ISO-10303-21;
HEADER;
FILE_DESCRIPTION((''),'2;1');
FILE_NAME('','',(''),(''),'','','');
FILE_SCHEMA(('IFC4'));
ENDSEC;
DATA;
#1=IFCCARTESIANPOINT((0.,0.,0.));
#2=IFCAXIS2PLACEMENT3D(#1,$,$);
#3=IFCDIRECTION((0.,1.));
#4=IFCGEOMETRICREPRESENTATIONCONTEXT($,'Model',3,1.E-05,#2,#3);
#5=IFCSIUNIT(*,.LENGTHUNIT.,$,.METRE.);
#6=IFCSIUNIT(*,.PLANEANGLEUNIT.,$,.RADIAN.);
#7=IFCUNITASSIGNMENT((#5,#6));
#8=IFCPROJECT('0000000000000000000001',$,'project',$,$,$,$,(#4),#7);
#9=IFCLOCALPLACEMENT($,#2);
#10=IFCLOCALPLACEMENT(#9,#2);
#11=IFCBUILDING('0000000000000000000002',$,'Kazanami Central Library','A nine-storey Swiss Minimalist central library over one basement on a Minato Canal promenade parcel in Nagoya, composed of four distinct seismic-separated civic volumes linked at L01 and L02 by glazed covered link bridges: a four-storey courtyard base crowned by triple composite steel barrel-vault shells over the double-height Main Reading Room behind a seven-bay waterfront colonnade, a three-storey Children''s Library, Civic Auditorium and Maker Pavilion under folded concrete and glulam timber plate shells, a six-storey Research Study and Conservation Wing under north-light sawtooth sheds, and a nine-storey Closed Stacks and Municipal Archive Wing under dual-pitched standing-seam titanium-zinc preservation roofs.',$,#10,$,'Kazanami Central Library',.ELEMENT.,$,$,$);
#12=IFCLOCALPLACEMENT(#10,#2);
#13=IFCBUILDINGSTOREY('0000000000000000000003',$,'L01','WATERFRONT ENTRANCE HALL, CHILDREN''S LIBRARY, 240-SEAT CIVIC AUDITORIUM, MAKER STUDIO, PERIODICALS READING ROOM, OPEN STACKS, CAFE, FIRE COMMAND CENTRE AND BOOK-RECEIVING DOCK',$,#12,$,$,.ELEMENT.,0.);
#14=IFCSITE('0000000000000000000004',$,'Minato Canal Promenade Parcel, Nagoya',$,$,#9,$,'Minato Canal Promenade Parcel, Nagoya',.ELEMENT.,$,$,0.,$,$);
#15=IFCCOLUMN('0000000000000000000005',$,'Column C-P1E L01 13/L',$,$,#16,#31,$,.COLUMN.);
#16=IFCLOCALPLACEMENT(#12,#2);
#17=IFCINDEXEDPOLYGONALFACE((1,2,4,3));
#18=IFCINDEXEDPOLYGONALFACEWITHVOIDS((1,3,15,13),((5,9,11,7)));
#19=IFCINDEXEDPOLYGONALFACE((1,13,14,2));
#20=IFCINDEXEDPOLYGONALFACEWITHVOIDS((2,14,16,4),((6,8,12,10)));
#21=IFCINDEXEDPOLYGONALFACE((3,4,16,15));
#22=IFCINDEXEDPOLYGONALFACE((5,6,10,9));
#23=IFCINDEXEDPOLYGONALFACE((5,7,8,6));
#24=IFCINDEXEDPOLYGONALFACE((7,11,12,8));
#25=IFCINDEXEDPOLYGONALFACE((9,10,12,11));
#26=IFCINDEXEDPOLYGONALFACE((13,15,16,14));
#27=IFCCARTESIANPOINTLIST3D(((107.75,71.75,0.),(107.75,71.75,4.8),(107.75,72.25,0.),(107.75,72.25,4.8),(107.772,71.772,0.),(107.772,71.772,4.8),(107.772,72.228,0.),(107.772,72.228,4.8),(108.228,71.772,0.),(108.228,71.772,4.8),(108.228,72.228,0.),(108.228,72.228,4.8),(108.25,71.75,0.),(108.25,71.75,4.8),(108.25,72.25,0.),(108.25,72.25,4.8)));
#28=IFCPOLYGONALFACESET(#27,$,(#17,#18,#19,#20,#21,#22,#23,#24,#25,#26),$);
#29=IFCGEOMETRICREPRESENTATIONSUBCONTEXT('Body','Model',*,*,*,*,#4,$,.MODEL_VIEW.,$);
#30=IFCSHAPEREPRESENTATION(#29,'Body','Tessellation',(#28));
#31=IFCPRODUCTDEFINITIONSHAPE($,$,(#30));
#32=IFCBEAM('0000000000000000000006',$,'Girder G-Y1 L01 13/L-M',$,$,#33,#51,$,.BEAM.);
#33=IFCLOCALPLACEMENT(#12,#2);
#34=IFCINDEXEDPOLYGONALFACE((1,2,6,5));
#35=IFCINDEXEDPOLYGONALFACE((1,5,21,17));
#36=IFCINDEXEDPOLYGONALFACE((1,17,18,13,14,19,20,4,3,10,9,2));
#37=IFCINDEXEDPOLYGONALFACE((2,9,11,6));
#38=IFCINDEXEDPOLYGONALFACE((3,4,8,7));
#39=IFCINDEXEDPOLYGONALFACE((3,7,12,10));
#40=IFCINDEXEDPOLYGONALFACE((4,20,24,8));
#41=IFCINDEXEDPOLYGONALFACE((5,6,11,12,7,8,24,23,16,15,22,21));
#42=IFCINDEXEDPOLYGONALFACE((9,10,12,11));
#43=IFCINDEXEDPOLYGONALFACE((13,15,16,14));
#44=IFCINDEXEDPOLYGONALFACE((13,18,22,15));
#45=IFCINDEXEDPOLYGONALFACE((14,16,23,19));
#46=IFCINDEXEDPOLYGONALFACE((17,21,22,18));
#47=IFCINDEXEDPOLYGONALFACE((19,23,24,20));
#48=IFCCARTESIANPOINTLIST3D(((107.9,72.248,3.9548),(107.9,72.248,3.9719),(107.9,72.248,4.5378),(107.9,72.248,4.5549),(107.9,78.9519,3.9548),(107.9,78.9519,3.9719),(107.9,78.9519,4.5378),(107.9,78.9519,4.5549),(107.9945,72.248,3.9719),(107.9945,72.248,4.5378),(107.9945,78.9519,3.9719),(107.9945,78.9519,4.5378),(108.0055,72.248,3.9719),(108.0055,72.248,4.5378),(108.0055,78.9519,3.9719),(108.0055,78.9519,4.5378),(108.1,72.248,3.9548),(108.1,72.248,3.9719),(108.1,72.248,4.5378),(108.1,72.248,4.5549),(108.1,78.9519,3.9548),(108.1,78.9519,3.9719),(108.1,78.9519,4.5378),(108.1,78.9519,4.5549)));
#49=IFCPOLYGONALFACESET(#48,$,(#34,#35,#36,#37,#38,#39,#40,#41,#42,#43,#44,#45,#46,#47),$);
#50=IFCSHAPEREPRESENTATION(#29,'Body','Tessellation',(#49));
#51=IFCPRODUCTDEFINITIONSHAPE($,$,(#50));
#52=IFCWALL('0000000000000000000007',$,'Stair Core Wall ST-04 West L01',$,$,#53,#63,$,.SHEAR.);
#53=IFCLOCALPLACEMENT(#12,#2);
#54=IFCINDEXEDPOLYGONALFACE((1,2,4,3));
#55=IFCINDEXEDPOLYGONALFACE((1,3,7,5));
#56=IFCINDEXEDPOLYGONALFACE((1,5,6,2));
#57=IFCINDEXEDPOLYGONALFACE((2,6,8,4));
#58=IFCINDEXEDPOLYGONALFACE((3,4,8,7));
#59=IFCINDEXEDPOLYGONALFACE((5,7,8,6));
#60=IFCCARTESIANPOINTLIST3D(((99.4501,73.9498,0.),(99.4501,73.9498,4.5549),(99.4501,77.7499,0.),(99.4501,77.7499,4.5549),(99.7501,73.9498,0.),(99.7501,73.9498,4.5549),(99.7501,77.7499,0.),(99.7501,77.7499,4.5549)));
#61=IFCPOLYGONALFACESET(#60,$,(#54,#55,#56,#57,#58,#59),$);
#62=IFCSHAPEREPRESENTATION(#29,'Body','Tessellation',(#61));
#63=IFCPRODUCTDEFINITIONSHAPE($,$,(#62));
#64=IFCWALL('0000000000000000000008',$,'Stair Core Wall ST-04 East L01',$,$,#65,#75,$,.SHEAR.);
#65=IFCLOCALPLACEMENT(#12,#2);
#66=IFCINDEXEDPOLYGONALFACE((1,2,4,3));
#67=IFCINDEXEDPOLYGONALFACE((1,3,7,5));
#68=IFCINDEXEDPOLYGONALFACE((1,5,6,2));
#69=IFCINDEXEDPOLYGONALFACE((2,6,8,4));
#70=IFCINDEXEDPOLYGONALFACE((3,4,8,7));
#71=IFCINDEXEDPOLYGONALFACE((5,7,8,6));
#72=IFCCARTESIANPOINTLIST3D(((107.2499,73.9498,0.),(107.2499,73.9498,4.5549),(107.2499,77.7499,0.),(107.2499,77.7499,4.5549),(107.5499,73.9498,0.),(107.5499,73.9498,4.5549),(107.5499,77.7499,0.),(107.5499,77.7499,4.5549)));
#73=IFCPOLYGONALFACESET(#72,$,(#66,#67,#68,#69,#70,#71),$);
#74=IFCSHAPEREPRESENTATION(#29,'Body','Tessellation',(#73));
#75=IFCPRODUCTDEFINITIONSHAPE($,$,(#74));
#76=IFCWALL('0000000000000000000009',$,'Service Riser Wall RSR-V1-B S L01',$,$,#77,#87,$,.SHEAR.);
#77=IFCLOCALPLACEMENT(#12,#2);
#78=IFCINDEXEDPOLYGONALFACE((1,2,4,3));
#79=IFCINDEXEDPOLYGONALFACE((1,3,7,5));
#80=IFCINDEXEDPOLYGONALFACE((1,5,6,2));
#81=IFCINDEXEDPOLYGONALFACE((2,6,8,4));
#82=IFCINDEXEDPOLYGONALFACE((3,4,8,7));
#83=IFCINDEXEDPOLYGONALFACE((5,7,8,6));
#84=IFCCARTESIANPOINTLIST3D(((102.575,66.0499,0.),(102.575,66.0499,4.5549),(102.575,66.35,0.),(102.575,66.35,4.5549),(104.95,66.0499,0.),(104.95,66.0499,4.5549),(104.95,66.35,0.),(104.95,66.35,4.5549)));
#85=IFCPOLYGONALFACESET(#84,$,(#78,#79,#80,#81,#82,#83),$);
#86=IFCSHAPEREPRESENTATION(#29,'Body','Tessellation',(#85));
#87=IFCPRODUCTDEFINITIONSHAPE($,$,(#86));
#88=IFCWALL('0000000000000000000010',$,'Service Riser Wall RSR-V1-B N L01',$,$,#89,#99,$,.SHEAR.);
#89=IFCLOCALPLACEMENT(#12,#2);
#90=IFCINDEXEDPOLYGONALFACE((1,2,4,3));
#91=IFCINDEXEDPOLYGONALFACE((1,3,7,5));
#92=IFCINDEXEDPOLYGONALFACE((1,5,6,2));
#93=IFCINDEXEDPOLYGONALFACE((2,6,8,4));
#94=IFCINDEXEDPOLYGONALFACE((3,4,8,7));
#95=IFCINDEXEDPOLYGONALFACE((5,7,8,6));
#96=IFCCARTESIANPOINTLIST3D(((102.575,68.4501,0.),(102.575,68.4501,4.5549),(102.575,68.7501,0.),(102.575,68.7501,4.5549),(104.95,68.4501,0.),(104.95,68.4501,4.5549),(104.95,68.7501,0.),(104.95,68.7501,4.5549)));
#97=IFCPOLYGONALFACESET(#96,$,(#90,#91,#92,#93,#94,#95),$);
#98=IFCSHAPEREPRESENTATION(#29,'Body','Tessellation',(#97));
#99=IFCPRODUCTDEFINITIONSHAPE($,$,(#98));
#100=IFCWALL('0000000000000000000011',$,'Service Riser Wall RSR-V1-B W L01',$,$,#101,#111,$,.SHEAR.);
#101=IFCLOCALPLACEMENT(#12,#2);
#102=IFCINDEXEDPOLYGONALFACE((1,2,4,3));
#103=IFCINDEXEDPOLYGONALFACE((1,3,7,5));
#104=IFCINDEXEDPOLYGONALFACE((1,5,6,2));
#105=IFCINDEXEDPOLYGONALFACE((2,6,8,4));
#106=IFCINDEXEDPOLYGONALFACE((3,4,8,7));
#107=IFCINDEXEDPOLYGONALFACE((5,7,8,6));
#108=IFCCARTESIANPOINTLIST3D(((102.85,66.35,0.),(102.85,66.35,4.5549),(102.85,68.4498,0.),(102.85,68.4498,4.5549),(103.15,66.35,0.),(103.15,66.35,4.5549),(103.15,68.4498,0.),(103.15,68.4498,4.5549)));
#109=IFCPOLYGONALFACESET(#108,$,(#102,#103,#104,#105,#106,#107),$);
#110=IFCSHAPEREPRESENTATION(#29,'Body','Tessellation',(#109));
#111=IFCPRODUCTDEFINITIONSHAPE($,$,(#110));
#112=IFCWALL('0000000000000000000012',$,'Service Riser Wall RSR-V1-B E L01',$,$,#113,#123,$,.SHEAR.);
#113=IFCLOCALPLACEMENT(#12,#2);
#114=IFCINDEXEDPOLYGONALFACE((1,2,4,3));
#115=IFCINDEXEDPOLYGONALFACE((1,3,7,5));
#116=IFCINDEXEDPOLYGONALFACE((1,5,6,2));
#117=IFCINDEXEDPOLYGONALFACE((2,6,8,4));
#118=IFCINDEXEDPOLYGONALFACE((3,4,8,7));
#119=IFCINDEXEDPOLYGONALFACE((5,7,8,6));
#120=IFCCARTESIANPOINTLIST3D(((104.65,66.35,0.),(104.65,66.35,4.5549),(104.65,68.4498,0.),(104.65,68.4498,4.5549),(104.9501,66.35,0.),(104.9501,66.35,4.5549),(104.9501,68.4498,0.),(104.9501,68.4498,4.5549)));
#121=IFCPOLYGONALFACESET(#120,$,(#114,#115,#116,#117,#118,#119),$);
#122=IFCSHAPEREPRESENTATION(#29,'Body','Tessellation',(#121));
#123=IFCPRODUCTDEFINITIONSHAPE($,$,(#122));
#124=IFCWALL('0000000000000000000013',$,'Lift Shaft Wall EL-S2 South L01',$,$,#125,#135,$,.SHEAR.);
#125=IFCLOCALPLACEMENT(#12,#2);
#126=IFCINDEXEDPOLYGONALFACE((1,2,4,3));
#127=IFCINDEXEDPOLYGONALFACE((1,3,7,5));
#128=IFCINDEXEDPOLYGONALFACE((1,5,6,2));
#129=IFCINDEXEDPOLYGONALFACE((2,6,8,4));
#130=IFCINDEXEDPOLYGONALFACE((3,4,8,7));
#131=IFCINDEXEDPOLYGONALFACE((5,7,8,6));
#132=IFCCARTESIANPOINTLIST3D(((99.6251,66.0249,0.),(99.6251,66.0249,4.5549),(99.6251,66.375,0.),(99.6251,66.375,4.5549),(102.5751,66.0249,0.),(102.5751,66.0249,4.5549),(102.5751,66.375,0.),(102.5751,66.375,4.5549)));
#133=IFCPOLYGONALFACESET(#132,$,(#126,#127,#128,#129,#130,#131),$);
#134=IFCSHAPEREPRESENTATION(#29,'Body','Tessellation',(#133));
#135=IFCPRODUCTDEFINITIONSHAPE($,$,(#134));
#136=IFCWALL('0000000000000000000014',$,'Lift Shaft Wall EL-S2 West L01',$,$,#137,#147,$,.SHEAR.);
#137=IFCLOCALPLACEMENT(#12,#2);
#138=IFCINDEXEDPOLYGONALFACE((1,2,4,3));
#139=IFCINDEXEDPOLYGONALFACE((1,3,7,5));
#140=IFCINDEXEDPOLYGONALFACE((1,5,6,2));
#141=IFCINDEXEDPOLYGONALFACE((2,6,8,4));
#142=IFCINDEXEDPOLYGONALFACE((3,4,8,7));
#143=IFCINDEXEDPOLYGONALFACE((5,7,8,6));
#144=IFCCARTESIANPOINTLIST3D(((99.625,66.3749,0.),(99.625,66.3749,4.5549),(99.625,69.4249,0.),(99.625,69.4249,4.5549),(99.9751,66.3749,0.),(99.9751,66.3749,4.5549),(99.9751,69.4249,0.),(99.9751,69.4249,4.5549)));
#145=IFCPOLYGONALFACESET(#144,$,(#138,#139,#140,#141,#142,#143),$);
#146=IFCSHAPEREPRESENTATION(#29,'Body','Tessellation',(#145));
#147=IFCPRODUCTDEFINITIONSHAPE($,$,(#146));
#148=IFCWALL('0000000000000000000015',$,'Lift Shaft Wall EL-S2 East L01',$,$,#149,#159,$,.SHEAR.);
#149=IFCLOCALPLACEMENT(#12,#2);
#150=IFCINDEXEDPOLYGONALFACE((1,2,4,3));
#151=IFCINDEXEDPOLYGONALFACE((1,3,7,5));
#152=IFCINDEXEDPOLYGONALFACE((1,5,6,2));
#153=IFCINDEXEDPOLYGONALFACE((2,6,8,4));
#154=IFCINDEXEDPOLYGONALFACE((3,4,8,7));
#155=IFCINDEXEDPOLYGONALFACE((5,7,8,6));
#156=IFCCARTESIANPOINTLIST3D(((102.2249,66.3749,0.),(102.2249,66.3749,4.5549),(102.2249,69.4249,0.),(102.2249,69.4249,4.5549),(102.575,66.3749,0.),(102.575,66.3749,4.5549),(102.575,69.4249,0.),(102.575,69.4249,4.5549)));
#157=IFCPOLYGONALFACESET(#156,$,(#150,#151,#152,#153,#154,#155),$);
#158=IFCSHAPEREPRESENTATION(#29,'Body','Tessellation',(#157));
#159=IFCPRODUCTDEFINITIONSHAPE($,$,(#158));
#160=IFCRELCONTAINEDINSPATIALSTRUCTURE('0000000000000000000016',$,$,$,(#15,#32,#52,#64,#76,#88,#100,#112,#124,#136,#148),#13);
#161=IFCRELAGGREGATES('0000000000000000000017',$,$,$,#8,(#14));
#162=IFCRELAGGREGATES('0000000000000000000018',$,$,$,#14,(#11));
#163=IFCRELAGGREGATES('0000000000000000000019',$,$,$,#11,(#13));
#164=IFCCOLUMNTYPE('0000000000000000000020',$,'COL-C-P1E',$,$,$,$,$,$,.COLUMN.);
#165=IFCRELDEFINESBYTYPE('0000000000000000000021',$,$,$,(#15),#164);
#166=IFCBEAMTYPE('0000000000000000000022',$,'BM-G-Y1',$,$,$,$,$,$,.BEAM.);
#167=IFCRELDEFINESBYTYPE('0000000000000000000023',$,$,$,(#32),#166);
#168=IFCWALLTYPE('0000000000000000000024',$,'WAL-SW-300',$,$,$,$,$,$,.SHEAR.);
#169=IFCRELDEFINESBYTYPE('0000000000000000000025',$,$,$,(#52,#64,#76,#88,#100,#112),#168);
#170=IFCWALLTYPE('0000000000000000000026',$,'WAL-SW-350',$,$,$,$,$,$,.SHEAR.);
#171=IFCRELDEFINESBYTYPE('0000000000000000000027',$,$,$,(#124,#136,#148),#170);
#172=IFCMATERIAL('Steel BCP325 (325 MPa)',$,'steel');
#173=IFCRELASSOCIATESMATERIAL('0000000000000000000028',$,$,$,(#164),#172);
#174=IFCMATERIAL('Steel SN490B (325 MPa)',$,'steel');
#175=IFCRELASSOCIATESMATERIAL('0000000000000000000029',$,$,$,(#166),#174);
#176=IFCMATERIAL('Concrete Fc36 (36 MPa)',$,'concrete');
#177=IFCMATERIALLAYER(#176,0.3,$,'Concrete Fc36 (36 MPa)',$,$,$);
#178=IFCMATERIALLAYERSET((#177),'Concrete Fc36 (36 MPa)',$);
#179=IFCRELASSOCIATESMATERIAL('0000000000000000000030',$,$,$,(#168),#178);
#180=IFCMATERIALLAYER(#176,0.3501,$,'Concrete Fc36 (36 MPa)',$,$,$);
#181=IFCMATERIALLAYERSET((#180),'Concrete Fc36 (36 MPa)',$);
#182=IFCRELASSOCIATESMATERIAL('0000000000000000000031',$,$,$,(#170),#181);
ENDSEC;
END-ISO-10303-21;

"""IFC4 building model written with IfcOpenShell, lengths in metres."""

from ifc_helpers import new_model, si_unit, direction, frame, frame_2d, origin, origin_2d, place, context, subcontext, project, spatial, rectangle, hollow_rectangle, i_section, extrude, material, layer, layer_set, material_profile, profile_set, type_object, element, save


model = new_model("IFC4")

# Units and contexts
model_context = context("Model", 3, precision=1e-05, world=origin(), true_north=direction((0.0, 1.0)))
body_context = subcontext(model_context, "Body", "Model", "MODEL_VIEW")
ifc_project = project(units=[si_unit("LENGTHUNIT", "METRE"), si_unit("PLANEANGLEUNIT", "RADIAN")], contexts=[model_context])

# Site, building, storey
site_placement = place(None, origin())
site = spatial("IfcSite", under=ifc_project, at=site_placement, Name="Minato Canal Promenade Parcel, Nagoya", LongName="Minato Canal Promenade Parcel, Nagoya", CompositionType="ELEMENT", RefElevation=0.0)
building_placement = place(site_placement, origin())
building = spatial("IfcBuilding", under=site, at=building_placement, Name="Kazanami Central Library", Description="A nine-storey Swiss Minimalist central library over one basement on a Minato Canal promenade parcel in Nagoya, composed of four distinct seismic-separated civic volumes linked at L01 and L02 by glazed covered link bridges: a four-storey courtyard base crowned by triple composite steel barrel-vault shells over the double-height Main Reading Room behind a seven-bay waterfront colonnade, a three-storey Children's Library, Civic Auditorium and Maker Pavilion under folded concrete and glulam timber plate shells, a six-storey Research Study and Conservation Wing under north-light sawtooth sheds, and a nine-storey Closed Stacks and Municipal Archive Wing under dual-pitched standing-seam titanium-zinc preservation roofs.", LongName="Kazanami Central Library", CompositionType="ELEMENT")
storey_placement = place(building_placement, origin())
storey = spatial("IfcBuildingStorey", under=building, at=storey_placement, Name="L01", Description="WATERFRONT ENTRANCE HALL, CHILDREN'S LIBRARY, 240-SEAT CIVIC AUDITORIUM, MAKER STUDIO, PERIODICALS READING ROOM, OPEN STACKS, CAFE, FIRE COMMAND CENTRE AND BOOK-RECEIVING DOCK", CompositionType="ELEMENT", Elevation=0.0)

# Column
ifc_material_1 = material(Name="Steel BCP325 (325 MPa)", Category="steel")
ifc_material_profile_1 = material_profile(ifc_material_1, hollow_rectangle(XDim=0.5, YDim=0.5, WallThickness=0.022, at=origin_2d()), Name="BCP-500x500x22")
ifc_profile_set_1 = profile_set([ifc_material_profile_1], Name="Steel BCP325 (325 MPa)")
column_type = type_object("IfcColumnType", Name="COL-C-P1E", PredefinedType="COLUMN", material=ifc_profile_set_1)
column_placement = place(storey_placement, frame((108.0, 72.0, 0.0), z_axis=(0.0, 0.0, 1.0), x_axis=(1.0, 0.0, 0.0)))
element("IfcColumn", 1, at=column_placement, inside=storey, type_object=column_type, Name="Column C-P1E L01 13/L", PredefinedType="COLUMN", context=body_context, shape_type="SweptSolid", body=[
    extrude(hollow_rectangle(XDim=0.5, YDim=0.5, WallThickness=0.022, at=origin_2d()), origin(), (0.0, 0.0, 1.0), 4.8),
])

# Beam
ifc_material_2 = material(Name="Steel SN490B (325 MPa)", Category="steel")
ifc_material_profile_2 = material_profile(ifc_material_2, i_section(OverallWidth=0.2, OverallDepth=0.6001, WebThickness=0.011, FlangeThickness=0.0171, at=origin_2d()), Name="H-600x200x11x17")
ifc_profile_set_2 = profile_set([ifc_material_profile_2], Name="Steel SN490B (325 MPa)")
beam_type = type_object("IfcBeamType", Name="BM-G-Y1", PredefinedType="BEAM", material=ifc_profile_set_2)
beam_placement = place(storey_placement, frame((108.0, 72.248, 4.2549), z_axis=(0.0, 1.0, 0.0), x_axis=(-1.0, 0.0, 0.0)))
element("IfcBeam", 2, at=beam_placement, inside=storey, type_object=beam_type, Name="Girder G-Y1 L01 13/L-M", PredefinedType="BEAM", context=body_context, shape_type="SweptSolid", body=[
    extrude(i_section(OverallWidth=0.2, OverallDepth=0.6001, WebThickness=0.011, FlangeThickness=0.0171, at=origin_2d()), origin(), (0.0, 0.0, 1.0), 6.7039),
])

# Walls
ifc_material_3 = material(Name="Concrete Fc36 (36 MPa)", Category="concrete")
ifc_layer_1 = layer(ifc_material_3, 0.3, Name="Concrete Fc36 (36 MPa)")
ifc_layer_set_1 = layer_set([ifc_layer_1], Name="Concrete Fc36 (36 MPa)")
wall_type_1 = type_object("IfcWallType", Name="WAL-SW-300", PredefinedType="SHEAR", material=ifc_layer_set_1)
for number, where, z_axis, x_axis, name in (
    (3, (99.6001, 73.95, 0.0), (0.0, 0.0, 1.0), (0.0, 1.0, 0.0), "Stair Core Wall ST-04 West L01"),
    (4, (107.3999, 73.95, 0.0), (0.0, 0.0, 1.0), (0.0, 1.0, 0.0), "Stair Core Wall ST-04 East L01"),
):
    element("IfcWall", number, at=place(storey_placement, frame(where, z_axis=z_axis, x_axis=x_axis)), inside=storey, type_object=wall_type_1, Name=name, PredefinedType="SHEAR", context=body_context, shape_type="SweptSolid", body=[
        extrude(rectangle(XDim=3.8, YDim=0.3, at=frame_2d((1.8999, 0.0))), origin(), (0.0, 0.0, 1.0), 4.5549),
    ])
for number, where, z_axis, x_axis, name in (
    (5, (102.575, 66.2, 0.0), (0.0, 0.0, 1.0), (1.0, 0.0, 0.0), "Service Riser Wall RSR-V1-B S L01"),
    (6, (102.575, 68.6001, 0.0), (0.0, 0.0, 1.0), (1.0, 0.0, 0.0), "Service Riser Wall RSR-V1-B N L01"),
):
    element("IfcWall", number, at=place(storey_placement, frame(where, z_axis=z_axis, x_axis=x_axis)), inside=storey, type_object=wall_type_1, Name=name, PredefinedType="SHEAR", context=body_context, shape_type="SweptSolid", body=[
        extrude(rectangle(XDim=2.375, YDim=0.3, at=frame_2d((1.1875, 0.0))), origin(), (0.0, 0.0, 1.0), 4.5549),
    ])
for number, where, z_axis, x_axis, name in (
    (7, (103.0, 66.3501, 0.0), (0.0, 0.0, 1.0), (0.0, 1.0, 0.0), "Service Riser Wall RSR-V1-B W L01"),
    (8, (104.8, 66.3501, 0.0), (0.0, 0.0, 1.0), (0.0, 1.0, 0.0), "Service Riser Wall RSR-V1-B E L01"),
):
    element("IfcWall", number, at=place(storey_placement, frame(where, z_axis=z_axis, x_axis=x_axis)), inside=storey, type_object=wall_type_1, Name=name, PredefinedType="SHEAR", context=body_context, shape_type="SweptSolid", body=[
        extrude(rectangle(XDim=2.0999, YDim=0.3, at=frame_2d((1.0498, 0.0))), origin(), (0.0, 0.0, 1.0), 4.5549),
    ])
ifc_layer_2 = layer(ifc_material_3, 0.3501, Name="Concrete Fc36 (36 MPa)")
ifc_layer_set_2 = layer_set([ifc_layer_2], Name="Concrete Fc36 (36 MPa)")
wall_type_2 = type_object("IfcWallType", Name="WAL-SW-350", PredefinedType="SHEAR", material=ifc_layer_set_2)
wall_1_placement = place(storey_placement, frame((99.625, 66.2, 0.0), z_axis=(0.0, 0.0, 1.0), x_axis=(1.0, 0.0, 0.0)))
element("IfcWall", 9, at=wall_1_placement, inside=storey, type_object=wall_type_2, Name="Lift Shaft Wall EL-S2 South L01", PredefinedType="SHEAR", context=body_context, shape_type="SweptSolid", body=[
    extrude(rectangle(XDim=2.95, YDim=0.3501, at=frame_2d((1.4751, 0.0))), origin(), (0.0, 0.0, 1.0), 4.5549),
])

# Walls
for number, where, z_axis, x_axis, name in (
    (10, (99.8, 66.375, 0.0), (0.0, 0.0, 1.0), (0.0, 1.0, 0.0), "Lift Shaft Wall EL-S2 West L01"),
    (11, (102.3999, 66.375, 0.0), (0.0, 0.0, 1.0), (0.0, 1.0, 0.0), "Lift Shaft Wall EL-S2 East L01"),
):
    element("IfcWall", number, at=place(storey_placement, frame(where, z_axis=z_axis, x_axis=x_axis)), inside=storey, type_object=wall_type_2, Name=name, PredefinedType="SHEAR", context=body_context, shape_type="SweptSolid", body=[
        extrude(rectangle(XDim=3.05, YDim=0.3501, at=frame_2d((1.5249, 0.0))), origin(), (0.0, 0.0, 1.0), 4.5549),
    ])

save(model, "model.ifc")
